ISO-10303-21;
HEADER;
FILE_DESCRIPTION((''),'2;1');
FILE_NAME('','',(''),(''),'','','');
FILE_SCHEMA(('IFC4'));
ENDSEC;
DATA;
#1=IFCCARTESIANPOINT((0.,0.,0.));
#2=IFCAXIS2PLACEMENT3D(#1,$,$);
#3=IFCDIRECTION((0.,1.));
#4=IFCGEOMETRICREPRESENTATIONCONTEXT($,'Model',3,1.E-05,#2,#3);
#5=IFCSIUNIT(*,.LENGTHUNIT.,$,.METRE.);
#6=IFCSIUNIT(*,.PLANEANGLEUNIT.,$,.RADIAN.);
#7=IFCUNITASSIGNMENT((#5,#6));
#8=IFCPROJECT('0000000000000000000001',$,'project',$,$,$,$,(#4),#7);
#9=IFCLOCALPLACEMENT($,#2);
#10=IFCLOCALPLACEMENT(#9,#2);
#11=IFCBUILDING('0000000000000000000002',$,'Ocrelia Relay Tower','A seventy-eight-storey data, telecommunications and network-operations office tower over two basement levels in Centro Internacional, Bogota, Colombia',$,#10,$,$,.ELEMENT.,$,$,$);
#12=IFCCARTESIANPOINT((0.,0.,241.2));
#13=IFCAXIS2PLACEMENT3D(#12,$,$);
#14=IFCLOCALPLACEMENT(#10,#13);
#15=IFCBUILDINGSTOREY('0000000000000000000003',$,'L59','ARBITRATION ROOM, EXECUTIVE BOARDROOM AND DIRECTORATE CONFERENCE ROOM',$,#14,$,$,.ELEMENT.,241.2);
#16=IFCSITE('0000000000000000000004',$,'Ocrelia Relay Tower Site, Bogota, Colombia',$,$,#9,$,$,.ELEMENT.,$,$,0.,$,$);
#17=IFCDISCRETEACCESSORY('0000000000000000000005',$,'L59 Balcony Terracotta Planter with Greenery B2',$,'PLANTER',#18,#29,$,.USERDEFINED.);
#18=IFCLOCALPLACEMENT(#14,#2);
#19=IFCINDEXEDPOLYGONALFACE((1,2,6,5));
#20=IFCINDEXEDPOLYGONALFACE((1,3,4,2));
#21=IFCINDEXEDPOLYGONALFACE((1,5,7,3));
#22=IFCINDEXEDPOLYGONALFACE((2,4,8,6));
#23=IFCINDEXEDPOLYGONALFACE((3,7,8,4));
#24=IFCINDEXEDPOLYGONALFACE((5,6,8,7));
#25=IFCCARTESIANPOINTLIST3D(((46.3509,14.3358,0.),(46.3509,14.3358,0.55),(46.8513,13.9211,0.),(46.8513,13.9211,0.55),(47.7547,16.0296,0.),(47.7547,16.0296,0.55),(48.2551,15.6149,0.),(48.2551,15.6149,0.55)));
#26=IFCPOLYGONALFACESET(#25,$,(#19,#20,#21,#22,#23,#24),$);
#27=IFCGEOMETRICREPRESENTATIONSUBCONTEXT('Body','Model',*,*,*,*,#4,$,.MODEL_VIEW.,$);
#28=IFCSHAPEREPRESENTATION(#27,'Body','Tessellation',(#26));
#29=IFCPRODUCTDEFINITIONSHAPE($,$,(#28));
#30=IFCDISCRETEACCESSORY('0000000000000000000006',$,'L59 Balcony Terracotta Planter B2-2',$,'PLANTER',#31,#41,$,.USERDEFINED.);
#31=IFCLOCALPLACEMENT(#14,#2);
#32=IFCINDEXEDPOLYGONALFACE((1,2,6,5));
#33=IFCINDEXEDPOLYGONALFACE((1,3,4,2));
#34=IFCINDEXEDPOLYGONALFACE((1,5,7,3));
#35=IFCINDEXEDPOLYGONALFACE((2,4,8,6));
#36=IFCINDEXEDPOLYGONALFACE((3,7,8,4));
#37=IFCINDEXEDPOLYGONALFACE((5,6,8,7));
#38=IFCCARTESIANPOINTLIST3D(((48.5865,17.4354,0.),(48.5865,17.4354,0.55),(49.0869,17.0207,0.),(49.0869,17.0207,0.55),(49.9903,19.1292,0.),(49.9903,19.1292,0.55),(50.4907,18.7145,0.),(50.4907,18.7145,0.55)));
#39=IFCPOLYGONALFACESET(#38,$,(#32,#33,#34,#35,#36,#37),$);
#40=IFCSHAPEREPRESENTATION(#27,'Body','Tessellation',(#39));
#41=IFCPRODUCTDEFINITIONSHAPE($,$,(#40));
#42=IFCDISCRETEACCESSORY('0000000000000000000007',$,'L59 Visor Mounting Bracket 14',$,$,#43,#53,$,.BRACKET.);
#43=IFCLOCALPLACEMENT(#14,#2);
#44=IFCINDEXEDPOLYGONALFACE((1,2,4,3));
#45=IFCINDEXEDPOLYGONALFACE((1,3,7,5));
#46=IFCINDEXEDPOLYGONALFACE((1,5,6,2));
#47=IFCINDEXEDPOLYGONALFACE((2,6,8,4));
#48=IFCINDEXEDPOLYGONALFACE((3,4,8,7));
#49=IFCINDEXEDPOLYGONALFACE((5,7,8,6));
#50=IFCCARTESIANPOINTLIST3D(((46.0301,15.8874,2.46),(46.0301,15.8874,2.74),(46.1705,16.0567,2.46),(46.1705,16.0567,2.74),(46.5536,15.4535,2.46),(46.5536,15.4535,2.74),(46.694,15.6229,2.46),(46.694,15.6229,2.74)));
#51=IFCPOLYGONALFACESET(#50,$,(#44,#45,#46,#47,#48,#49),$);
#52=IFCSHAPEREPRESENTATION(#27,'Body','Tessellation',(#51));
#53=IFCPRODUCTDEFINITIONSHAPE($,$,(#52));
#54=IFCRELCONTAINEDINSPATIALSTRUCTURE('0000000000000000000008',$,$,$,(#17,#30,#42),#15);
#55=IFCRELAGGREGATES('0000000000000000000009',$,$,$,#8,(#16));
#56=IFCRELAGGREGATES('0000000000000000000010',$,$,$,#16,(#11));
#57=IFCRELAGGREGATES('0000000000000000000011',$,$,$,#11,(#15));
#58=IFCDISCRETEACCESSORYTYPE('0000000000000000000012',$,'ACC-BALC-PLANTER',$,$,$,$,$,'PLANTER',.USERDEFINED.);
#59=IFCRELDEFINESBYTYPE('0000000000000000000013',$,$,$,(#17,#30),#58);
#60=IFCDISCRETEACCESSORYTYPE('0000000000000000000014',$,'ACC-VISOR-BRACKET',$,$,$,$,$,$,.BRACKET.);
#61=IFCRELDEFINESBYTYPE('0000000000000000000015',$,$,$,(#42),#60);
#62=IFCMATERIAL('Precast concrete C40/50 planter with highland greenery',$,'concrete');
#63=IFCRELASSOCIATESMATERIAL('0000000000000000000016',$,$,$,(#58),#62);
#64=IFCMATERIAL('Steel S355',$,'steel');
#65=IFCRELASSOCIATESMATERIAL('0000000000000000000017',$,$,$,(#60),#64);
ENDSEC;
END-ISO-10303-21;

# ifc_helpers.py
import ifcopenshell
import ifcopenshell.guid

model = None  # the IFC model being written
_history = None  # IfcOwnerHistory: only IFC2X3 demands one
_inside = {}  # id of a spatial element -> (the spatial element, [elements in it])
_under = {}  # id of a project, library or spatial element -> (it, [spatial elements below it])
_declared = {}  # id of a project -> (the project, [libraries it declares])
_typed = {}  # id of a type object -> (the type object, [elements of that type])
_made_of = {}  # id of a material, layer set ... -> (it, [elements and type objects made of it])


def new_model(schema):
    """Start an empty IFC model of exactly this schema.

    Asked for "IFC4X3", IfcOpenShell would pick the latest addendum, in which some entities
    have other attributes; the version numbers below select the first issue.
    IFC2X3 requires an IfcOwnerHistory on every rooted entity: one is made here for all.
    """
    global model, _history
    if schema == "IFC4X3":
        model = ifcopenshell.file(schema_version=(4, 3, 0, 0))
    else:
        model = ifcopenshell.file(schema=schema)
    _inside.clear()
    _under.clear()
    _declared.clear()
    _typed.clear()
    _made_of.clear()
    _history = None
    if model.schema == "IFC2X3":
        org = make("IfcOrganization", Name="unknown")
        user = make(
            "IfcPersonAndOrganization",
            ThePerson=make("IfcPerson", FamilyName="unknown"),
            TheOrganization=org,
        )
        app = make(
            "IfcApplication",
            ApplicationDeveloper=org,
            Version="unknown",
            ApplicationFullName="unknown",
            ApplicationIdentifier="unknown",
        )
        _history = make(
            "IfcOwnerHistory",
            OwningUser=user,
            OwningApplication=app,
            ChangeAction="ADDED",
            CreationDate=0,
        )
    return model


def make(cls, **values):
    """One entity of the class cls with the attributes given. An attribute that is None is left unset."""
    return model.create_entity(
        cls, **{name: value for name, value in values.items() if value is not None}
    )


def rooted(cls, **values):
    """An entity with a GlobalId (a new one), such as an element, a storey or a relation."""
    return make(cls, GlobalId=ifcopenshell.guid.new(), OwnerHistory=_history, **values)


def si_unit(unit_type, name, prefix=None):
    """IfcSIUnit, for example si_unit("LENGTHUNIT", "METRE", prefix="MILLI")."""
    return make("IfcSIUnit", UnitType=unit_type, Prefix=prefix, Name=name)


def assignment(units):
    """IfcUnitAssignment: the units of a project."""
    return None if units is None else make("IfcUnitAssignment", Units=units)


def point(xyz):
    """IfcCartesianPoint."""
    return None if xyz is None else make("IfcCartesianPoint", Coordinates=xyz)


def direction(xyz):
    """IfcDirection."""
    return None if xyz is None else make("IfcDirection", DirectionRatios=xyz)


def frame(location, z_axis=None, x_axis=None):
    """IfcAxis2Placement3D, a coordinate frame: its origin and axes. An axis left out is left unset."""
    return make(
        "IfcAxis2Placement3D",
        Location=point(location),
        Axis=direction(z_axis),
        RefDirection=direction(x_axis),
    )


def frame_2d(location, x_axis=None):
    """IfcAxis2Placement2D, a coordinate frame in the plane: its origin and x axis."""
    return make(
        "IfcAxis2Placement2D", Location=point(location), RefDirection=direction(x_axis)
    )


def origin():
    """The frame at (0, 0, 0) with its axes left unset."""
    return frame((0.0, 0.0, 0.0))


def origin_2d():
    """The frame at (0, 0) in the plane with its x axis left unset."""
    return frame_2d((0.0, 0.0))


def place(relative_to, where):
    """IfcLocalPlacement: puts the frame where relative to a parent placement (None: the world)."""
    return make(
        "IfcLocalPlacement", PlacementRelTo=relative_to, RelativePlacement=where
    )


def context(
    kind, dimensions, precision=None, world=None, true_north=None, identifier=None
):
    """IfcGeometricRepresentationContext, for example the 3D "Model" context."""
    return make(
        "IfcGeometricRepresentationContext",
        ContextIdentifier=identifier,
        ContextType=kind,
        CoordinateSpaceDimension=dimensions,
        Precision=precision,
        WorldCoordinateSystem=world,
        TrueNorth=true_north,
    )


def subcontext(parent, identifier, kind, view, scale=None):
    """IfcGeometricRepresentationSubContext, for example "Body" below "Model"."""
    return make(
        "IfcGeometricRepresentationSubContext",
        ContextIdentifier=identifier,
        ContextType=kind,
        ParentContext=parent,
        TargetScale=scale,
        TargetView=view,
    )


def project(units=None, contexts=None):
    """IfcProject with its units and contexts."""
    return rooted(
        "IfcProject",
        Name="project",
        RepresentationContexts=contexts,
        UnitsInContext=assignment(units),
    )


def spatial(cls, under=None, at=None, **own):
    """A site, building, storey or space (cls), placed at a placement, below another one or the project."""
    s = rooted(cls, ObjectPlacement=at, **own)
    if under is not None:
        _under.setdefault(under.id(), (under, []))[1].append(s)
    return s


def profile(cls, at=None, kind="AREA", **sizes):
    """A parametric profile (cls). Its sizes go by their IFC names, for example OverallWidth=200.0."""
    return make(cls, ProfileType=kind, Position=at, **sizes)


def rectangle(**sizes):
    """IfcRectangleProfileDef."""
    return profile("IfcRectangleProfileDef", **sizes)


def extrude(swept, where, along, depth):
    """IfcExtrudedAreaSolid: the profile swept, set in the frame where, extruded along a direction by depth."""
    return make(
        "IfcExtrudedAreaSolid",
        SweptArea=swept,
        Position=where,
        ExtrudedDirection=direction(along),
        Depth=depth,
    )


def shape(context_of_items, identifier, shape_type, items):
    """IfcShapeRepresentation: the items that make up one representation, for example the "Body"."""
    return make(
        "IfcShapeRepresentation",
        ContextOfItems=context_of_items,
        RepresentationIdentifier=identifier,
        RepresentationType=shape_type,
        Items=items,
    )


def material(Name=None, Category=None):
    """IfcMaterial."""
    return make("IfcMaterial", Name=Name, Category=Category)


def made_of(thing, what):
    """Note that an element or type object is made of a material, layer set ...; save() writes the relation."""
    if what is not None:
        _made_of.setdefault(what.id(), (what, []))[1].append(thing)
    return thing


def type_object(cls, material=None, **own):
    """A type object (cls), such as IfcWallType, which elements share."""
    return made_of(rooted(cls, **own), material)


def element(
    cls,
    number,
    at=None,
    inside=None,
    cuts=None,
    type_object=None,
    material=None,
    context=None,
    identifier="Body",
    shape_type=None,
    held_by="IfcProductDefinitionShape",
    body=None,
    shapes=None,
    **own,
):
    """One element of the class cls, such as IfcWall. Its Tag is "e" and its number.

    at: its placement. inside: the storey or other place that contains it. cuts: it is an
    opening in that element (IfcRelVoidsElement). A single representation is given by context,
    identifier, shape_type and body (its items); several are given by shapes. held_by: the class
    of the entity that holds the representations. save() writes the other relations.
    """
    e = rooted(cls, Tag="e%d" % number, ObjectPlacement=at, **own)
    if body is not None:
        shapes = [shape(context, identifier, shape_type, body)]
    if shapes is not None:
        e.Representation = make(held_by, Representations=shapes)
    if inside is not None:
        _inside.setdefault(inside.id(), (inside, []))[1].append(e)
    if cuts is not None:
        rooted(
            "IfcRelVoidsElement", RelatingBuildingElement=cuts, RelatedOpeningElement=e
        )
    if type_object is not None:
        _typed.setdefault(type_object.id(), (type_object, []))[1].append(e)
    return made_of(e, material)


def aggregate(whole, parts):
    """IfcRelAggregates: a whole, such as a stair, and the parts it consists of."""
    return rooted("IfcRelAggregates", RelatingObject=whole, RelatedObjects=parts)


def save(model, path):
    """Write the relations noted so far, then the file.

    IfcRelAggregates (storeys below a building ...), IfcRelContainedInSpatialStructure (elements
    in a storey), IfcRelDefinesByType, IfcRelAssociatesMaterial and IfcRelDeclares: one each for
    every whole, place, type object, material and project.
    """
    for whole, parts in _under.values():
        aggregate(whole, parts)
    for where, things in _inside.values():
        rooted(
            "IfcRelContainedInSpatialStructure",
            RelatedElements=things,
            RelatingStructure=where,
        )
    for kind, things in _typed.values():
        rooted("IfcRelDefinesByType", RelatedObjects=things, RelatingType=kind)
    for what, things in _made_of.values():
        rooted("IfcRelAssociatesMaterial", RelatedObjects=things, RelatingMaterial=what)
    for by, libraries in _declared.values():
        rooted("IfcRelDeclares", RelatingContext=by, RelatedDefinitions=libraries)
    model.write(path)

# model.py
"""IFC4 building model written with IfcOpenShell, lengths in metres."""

from ifc_helpers import new_model, si_unit, direction, frame, origin, origin_2d, place, context, subcontext, project, spatial, rectangle, extrude, material, type_object, element, save


model = new_model("IFC4")

# Units and contexts
model_context = context("Model", 3, precision=1e-05, world=origin(), true_north=direction((0.0, 1.0)))
body_context = subcontext(model_context, "Body", "Model", "MODEL_VIEW")
ifc_project = project(units=[si_unit("LENGTHUNIT", "METRE"), si_unit("PLANEANGLEUNIT", "RADIAN")], contexts=[model_context])

# Site, building, storey
site_placement = place(None, origin())
site = spatial("IfcSite", under=ifc_project, at=site_placement, Name="Ocrelia Relay Tower Site, Bogota, Colombia", CompositionType="ELEMENT", RefElevation=0.0)
building_placement = place(site_placement, origin())
building = spatial("IfcBuilding", under=site, at=building_placement, Name="Ocrelia Relay Tower", Description="A seventy-eight-storey data, telecommunications and network-operations office tower over two basement levels in Centro Internacional, Bogota, Colombia", CompositionType="ELEMENT")
storey_placement = place(building_placement, frame((0.0, 0.0, 241.2)))
storey = spatial("IfcBuildingStorey", under=building, at=storey_placement, Name="L59", Description="ARBITRATION ROOM, EXECUTIVE BOARDROOM AND DIRECTORATE CONFERENCE ROOM", CompositionType="ELEMENT", Elevation=241.2)

# Shared definitions
ifc_material_1 = material(Name="Steel S355", Category="steel")

# Discrete accessories
ifc_material_2 = material(Name="Precast concrete C40/50 planter with highland greenery", Category="concrete")
discrete_accessory_type_1 = type_object("IfcDiscreteAccessoryType", Name="ACC-BALC-PLANTER", ElementType="PLANTER", PredefinedType="USERDEFINED", material=ifc_material_2)
for number, where, z_axis, x_axis, name in (
    (1, (47.303, 14.9753, 0.0), (0.0, 0.0, 1.0), (-0.638098, -0.769955, 0.0), "L59 Balcony Terracotta Planter with Greenery B2"),
    (2, (49.5386, 18.075, 0.0), (0.0, 0.0, 1.0), (-0.638098, -0.769955, 0.0), "L59 Balcony Terracotta Planter B2-2"),
):
    element("IfcDiscreteAccessory", number, at=place(storey_placement, frame(where, z_axis=z_axis, x_axis=x_axis)), inside=storey, type_object=discrete_accessory_type_1, Name=name, ObjectType="PLANTER", PredefinedType="USERDEFINED", context=body_context, shape_type="SweptSolid", body=[
        extrude(rectangle(XDim=2.2, YDim=0.6499, at=origin_2d()), origin(), (0.0, 0.0, 1.0), 0.55),
    ])
discrete_accessory_type_2 = type_object("IfcDiscreteAccessoryType", Name="ACC-VISOR-BRACKET", PredefinedType="BRACKET", material=ifc_material_1)
discrete_accessory_placement = place(storey_placement, frame((46.3621, 15.7551, 2.46), z_axis=(0.0, 0.0, 1.0), x_axis=(0.638096, 0.769957, 0.0)))
element("IfcDiscreteAccessory", 3, at=discrete_accessory_placement, inside=storey, type_object=discrete_accessory_type_2, Name="L59 Visor Mounting Bracket 14", PredefinedType="BRACKET", context=body_context, shape_type="SweptSolid", body=[
    extrude(rectangle(XDim=0.22, YDim=0.6799, at=origin_2d()), origin(), (0.0, 0.0, 1.0), 0.28),
])

save(model, "model.ifc")
